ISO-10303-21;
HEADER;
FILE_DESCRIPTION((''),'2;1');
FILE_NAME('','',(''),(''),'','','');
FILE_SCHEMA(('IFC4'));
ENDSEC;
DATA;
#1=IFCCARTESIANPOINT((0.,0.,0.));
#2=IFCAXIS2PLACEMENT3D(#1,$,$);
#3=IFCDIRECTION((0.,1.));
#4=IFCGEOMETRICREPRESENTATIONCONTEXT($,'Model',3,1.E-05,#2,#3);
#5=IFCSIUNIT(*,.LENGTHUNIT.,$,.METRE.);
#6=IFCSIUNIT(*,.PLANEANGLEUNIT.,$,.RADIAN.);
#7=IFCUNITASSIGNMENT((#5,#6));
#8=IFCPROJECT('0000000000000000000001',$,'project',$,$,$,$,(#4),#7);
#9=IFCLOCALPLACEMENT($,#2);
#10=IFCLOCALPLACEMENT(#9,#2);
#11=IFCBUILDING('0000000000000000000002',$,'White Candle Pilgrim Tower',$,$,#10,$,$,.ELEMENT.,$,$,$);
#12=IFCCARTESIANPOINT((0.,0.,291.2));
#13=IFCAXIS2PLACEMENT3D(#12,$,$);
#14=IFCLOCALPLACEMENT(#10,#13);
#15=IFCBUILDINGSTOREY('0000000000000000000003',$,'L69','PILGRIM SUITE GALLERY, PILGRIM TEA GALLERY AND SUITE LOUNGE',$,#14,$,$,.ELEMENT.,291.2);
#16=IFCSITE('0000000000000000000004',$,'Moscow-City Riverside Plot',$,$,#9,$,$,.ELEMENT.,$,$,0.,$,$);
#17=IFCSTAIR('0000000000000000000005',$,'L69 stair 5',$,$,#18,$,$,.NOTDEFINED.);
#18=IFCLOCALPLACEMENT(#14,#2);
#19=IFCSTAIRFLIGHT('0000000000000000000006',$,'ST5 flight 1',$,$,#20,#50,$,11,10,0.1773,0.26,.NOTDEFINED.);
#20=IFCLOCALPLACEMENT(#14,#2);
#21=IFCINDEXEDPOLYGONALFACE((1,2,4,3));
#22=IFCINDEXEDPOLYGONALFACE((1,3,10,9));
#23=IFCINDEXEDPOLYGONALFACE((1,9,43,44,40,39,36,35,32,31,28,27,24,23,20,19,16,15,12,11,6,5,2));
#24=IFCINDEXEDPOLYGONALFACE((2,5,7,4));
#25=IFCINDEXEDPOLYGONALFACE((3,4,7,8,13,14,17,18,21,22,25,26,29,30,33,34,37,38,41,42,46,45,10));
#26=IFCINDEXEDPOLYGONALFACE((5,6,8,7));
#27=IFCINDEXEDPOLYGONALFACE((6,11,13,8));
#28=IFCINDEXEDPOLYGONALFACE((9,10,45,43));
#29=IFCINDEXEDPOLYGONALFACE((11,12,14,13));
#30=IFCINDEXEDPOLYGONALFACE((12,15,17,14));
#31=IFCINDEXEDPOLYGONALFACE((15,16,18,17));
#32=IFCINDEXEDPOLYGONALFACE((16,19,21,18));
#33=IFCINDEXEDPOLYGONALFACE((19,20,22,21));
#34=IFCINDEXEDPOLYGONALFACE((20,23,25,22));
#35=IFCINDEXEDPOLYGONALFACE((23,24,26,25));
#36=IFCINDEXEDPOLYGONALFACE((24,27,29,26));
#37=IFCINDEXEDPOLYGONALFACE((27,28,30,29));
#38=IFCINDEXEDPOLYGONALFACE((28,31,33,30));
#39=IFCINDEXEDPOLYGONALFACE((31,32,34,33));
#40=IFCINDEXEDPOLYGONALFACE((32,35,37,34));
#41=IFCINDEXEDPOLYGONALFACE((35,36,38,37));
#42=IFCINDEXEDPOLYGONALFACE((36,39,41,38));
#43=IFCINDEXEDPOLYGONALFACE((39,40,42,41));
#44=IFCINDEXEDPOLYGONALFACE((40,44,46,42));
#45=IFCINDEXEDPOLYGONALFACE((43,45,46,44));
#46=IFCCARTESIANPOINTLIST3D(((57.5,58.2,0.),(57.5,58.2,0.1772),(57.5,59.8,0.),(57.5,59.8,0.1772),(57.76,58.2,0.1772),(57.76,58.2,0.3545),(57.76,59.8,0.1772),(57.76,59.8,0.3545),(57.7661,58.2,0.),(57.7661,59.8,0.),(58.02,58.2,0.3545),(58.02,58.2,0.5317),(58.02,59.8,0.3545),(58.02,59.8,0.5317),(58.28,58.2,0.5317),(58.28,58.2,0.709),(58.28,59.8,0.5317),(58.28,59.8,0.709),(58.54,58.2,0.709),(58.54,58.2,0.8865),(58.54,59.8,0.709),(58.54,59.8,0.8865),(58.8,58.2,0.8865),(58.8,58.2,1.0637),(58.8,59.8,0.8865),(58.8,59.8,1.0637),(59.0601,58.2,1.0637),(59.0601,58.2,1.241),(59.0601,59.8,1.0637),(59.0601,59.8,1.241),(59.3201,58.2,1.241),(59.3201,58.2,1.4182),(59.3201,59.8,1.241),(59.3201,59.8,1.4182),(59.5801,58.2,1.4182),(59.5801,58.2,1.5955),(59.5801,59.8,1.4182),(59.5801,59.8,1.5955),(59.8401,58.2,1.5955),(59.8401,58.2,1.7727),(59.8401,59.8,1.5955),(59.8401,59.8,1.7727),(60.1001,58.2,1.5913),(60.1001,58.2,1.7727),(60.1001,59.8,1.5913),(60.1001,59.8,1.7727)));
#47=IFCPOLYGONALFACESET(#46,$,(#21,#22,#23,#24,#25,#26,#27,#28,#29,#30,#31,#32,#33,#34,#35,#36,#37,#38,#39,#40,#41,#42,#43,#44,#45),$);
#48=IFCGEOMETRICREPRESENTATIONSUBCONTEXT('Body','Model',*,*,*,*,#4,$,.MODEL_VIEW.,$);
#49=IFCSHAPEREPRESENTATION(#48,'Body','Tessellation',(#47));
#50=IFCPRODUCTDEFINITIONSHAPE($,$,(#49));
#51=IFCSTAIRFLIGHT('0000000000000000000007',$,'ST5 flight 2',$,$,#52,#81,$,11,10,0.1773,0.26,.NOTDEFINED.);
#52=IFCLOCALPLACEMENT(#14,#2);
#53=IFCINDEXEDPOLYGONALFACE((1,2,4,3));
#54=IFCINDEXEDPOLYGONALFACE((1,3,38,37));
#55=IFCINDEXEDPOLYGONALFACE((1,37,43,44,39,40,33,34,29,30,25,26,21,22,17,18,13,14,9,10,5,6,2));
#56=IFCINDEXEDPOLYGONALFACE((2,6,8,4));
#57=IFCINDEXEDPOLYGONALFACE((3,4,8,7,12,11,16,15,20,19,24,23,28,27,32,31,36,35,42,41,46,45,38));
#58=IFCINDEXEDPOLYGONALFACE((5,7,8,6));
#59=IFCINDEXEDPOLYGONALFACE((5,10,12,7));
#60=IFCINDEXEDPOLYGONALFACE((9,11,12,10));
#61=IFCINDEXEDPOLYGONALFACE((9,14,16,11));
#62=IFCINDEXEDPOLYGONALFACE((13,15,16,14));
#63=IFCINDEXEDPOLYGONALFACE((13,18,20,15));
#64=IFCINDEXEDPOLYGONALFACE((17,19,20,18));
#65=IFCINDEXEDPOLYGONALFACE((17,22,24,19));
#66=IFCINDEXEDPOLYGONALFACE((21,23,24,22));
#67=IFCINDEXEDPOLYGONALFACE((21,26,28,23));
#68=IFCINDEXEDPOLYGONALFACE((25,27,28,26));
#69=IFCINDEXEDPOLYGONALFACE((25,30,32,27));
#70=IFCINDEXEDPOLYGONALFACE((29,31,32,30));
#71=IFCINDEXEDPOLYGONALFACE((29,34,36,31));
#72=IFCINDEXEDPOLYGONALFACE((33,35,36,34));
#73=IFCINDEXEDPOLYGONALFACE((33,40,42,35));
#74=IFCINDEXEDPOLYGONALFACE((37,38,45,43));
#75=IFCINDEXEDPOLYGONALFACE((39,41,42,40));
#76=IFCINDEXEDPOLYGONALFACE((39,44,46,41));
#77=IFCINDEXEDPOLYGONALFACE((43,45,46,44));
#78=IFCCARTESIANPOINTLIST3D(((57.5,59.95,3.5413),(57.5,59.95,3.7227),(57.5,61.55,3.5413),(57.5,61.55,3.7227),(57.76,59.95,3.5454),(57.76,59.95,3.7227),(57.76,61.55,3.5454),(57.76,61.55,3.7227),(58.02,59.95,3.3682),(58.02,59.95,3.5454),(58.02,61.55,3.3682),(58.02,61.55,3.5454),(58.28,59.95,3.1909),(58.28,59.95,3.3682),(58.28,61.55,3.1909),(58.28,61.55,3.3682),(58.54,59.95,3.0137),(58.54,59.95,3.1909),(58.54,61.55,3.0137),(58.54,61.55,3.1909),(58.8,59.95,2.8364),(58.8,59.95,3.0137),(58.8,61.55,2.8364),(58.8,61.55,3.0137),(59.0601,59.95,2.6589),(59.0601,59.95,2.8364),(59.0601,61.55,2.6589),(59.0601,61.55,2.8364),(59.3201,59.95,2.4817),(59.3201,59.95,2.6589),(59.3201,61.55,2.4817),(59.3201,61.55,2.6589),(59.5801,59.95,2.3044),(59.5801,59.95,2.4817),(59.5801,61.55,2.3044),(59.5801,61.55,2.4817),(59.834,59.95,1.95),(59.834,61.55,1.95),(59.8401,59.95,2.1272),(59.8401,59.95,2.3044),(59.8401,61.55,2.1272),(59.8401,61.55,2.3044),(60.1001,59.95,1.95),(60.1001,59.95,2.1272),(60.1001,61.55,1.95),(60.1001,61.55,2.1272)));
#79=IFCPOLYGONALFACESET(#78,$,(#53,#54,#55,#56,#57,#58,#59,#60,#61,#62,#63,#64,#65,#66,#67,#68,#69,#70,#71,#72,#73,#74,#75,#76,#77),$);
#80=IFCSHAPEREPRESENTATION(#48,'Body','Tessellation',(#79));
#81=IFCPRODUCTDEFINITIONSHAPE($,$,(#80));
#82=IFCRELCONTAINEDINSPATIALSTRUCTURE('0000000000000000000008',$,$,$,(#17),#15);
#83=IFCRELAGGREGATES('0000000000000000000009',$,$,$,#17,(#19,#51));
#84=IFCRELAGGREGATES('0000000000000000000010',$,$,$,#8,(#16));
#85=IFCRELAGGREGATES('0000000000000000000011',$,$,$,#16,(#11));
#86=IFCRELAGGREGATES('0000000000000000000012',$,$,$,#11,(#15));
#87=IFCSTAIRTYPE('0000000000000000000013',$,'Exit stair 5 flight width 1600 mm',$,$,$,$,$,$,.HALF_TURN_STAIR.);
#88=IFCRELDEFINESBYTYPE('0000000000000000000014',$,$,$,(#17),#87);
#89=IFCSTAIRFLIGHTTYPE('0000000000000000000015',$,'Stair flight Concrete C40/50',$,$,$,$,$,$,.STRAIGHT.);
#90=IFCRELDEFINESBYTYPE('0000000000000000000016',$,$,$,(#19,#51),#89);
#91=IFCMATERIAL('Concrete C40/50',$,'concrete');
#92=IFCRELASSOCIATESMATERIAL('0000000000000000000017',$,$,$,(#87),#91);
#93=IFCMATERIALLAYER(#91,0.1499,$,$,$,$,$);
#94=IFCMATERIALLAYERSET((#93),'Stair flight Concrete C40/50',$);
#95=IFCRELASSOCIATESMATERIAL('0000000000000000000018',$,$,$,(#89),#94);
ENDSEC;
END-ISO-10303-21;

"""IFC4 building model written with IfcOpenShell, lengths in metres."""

from ifc_helpers import new_model, si_unit, direction, frame, origin, place, context, subcontext, project, spatial, polyline, outline, extrude, material, layer, layer_set, type_object, element, aggregate, save


model = new_model("IFC4")

# Units and contexts
model_context = context("Model", 3, precision=1e-05, world=origin(), true_north=direction((0.0, 1.0)))
body_context = subcontext(model_context, "Body", "Model", "MODEL_VIEW")
ifc_project = project(units=[si_unit("LENGTHUNIT", "METRE"), si_unit("PLANEANGLEUNIT", "RADIAN")], contexts=[model_context])

# Site, building, storey
site_placement = place(None, origin())
site = spatial("IfcSite", under=ifc_project, at=site_placement, Name="Moscow-City Riverside Plot", CompositionType="ELEMENT", RefElevation=0.0)
building_placement = place(site_placement, origin())
building = spatial("IfcBuilding", under=site, at=building_placement, Name="White Candle Pilgrim Tower", CompositionType="ELEMENT")
storey_placement = place(building_placement, frame((0.0, 0.0, 291.2)))
storey = spatial("IfcBuildingStorey", under=building, at=storey_placement, Name="L69", Description="PILGRIM SUITE GALLERY, PILGRIM TEA GALLERY AND SUITE LOUNGE", CompositionType="ELEMENT", Elevation=291.2)

# Stair, stair flights
ifc_material_1 = material(Name="Concrete C40/50", Category="concrete")
stair_type = type_object("IfcStairType", Name="Exit stair 5 flight width 1600 mm", PredefinedType="HALF_TURN_STAIR", material=ifc_material_1)
stair_placement = place(storey_placement, origin())
stair = element("IfcStair", 1, at=stair_placement, inside=storey, type_object=stair_type, Name="L69 stair 5", PredefinedType="NOTDEFINED")
ifc_layer_1 = layer(ifc_material_1, 0.1499)
ifc_layer_set_1 = layer_set([ifc_layer_1], Name="Stair flight Concrete C40/50")
stair_flight_type = type_object("IfcStairFlightType", Name="Stair flight Concrete C40/50", PredefinedType="STRAIGHT", material=ifc_layer_set_1)
stair_flight_1_placement = place(storey_placement, frame((57.5, 59.0, 0.0), z_axis=(0.0, 0.0, 1.0), x_axis=(1.0, 0.0, 0.0)))
stair_flight_1 = element("IfcStairFlight", 2, at=stair_flight_1_placement, type_object=stair_flight_type, Name="ST5 flight 1", NumberOfRisers=11, NumberOfTreads=10, PredefinedType="NOTDEFINED", RiserHeight=0.1773, TreadLength=0.26, context=body_context, shape_type="SweptSolid", body=[
    extrude(outline(polyline([(0.0, 0.0), (0.0, 0.1772), (0.26, 0.1772), (0.26, 0.3545), (0.52, 0.3545), (0.52, 0.5317), (0.78, 0.5317), (0.78, 0.709), (1.04, 0.709), (1.04, 0.8865), (1.3, 0.8865), (1.3, 1.0637), (1.5601, 1.0637), (1.5601, 1.241), (1.8201, 1.241), (1.8201, 1.4182), (2.0801, 1.4182), (2.0801, 1.5955), (2.3401, 1.5955), (2.3401, 1.7727), (2.6001, 1.7727), (2.6001, 1.95), (2.6001, 1.5913), (0.2661, 0.0), (0.0, 0.0)])), frame((0.0, 0.8, 0.0), z_axis=(0.0, -1.0, 0.0), x_axis=(1.0, 0.0, 0.0)), (0.0, 0.0, 1.0), 1.6001),
])
stair_flight_2_placement = place(storey_placement, frame((60.1001, 60.75, 1.95), z_axis=(0.0, 0.0, 1.0), x_axis=(-1.0, 0.0, 0.0)))
stair_flight_2 = element("IfcStairFlight", 3, at=stair_flight_2_placement, type_object=stair_flight_type, Name="ST5 flight 2", NumberOfRisers=11, NumberOfTreads=10, PredefinedType="NOTDEFINED", RiserHeight=0.1773, TreadLength=0.26, context=body_context, shape_type="SweptSolid", body=[
    extrude(outline(polyline([(0.0, 0.0), (0.0, 0.1772), (0.26, 0.1772), (0.26, 0.3545), (0.52, 0.3545), (0.52, 0.5317), (0.78, 0.5317), (0.78, 0.709), (1.04, 0.709), (1.04, 0.8865), (1.3, 0.8865), (1.3, 1.0637), (1.5601, 1.0637), (1.5601, 1.241), (1.8201, 1.241), (1.8201, 1.4182), (2.0801, 1.4182), (2.0801, 1.5955), (2.3401, 1.5955), (2.3401, 1.7727), (2.6001, 1.7727), (2.6001, 1.95), (2.6001, 1.5913), (0.2661, 0.0), (0.0, 0.0)])), frame((0.0, 0.8, 0.0), z_axis=(0.0, -1.0, 0.0), x_axis=(1.0, 0.0, 0.0)), (0.0, 0.0, 1.0), 1.6001),
])
aggregate(stair, [stair_flight_1, stair_flight_2])

save(model, "model.ifc")
